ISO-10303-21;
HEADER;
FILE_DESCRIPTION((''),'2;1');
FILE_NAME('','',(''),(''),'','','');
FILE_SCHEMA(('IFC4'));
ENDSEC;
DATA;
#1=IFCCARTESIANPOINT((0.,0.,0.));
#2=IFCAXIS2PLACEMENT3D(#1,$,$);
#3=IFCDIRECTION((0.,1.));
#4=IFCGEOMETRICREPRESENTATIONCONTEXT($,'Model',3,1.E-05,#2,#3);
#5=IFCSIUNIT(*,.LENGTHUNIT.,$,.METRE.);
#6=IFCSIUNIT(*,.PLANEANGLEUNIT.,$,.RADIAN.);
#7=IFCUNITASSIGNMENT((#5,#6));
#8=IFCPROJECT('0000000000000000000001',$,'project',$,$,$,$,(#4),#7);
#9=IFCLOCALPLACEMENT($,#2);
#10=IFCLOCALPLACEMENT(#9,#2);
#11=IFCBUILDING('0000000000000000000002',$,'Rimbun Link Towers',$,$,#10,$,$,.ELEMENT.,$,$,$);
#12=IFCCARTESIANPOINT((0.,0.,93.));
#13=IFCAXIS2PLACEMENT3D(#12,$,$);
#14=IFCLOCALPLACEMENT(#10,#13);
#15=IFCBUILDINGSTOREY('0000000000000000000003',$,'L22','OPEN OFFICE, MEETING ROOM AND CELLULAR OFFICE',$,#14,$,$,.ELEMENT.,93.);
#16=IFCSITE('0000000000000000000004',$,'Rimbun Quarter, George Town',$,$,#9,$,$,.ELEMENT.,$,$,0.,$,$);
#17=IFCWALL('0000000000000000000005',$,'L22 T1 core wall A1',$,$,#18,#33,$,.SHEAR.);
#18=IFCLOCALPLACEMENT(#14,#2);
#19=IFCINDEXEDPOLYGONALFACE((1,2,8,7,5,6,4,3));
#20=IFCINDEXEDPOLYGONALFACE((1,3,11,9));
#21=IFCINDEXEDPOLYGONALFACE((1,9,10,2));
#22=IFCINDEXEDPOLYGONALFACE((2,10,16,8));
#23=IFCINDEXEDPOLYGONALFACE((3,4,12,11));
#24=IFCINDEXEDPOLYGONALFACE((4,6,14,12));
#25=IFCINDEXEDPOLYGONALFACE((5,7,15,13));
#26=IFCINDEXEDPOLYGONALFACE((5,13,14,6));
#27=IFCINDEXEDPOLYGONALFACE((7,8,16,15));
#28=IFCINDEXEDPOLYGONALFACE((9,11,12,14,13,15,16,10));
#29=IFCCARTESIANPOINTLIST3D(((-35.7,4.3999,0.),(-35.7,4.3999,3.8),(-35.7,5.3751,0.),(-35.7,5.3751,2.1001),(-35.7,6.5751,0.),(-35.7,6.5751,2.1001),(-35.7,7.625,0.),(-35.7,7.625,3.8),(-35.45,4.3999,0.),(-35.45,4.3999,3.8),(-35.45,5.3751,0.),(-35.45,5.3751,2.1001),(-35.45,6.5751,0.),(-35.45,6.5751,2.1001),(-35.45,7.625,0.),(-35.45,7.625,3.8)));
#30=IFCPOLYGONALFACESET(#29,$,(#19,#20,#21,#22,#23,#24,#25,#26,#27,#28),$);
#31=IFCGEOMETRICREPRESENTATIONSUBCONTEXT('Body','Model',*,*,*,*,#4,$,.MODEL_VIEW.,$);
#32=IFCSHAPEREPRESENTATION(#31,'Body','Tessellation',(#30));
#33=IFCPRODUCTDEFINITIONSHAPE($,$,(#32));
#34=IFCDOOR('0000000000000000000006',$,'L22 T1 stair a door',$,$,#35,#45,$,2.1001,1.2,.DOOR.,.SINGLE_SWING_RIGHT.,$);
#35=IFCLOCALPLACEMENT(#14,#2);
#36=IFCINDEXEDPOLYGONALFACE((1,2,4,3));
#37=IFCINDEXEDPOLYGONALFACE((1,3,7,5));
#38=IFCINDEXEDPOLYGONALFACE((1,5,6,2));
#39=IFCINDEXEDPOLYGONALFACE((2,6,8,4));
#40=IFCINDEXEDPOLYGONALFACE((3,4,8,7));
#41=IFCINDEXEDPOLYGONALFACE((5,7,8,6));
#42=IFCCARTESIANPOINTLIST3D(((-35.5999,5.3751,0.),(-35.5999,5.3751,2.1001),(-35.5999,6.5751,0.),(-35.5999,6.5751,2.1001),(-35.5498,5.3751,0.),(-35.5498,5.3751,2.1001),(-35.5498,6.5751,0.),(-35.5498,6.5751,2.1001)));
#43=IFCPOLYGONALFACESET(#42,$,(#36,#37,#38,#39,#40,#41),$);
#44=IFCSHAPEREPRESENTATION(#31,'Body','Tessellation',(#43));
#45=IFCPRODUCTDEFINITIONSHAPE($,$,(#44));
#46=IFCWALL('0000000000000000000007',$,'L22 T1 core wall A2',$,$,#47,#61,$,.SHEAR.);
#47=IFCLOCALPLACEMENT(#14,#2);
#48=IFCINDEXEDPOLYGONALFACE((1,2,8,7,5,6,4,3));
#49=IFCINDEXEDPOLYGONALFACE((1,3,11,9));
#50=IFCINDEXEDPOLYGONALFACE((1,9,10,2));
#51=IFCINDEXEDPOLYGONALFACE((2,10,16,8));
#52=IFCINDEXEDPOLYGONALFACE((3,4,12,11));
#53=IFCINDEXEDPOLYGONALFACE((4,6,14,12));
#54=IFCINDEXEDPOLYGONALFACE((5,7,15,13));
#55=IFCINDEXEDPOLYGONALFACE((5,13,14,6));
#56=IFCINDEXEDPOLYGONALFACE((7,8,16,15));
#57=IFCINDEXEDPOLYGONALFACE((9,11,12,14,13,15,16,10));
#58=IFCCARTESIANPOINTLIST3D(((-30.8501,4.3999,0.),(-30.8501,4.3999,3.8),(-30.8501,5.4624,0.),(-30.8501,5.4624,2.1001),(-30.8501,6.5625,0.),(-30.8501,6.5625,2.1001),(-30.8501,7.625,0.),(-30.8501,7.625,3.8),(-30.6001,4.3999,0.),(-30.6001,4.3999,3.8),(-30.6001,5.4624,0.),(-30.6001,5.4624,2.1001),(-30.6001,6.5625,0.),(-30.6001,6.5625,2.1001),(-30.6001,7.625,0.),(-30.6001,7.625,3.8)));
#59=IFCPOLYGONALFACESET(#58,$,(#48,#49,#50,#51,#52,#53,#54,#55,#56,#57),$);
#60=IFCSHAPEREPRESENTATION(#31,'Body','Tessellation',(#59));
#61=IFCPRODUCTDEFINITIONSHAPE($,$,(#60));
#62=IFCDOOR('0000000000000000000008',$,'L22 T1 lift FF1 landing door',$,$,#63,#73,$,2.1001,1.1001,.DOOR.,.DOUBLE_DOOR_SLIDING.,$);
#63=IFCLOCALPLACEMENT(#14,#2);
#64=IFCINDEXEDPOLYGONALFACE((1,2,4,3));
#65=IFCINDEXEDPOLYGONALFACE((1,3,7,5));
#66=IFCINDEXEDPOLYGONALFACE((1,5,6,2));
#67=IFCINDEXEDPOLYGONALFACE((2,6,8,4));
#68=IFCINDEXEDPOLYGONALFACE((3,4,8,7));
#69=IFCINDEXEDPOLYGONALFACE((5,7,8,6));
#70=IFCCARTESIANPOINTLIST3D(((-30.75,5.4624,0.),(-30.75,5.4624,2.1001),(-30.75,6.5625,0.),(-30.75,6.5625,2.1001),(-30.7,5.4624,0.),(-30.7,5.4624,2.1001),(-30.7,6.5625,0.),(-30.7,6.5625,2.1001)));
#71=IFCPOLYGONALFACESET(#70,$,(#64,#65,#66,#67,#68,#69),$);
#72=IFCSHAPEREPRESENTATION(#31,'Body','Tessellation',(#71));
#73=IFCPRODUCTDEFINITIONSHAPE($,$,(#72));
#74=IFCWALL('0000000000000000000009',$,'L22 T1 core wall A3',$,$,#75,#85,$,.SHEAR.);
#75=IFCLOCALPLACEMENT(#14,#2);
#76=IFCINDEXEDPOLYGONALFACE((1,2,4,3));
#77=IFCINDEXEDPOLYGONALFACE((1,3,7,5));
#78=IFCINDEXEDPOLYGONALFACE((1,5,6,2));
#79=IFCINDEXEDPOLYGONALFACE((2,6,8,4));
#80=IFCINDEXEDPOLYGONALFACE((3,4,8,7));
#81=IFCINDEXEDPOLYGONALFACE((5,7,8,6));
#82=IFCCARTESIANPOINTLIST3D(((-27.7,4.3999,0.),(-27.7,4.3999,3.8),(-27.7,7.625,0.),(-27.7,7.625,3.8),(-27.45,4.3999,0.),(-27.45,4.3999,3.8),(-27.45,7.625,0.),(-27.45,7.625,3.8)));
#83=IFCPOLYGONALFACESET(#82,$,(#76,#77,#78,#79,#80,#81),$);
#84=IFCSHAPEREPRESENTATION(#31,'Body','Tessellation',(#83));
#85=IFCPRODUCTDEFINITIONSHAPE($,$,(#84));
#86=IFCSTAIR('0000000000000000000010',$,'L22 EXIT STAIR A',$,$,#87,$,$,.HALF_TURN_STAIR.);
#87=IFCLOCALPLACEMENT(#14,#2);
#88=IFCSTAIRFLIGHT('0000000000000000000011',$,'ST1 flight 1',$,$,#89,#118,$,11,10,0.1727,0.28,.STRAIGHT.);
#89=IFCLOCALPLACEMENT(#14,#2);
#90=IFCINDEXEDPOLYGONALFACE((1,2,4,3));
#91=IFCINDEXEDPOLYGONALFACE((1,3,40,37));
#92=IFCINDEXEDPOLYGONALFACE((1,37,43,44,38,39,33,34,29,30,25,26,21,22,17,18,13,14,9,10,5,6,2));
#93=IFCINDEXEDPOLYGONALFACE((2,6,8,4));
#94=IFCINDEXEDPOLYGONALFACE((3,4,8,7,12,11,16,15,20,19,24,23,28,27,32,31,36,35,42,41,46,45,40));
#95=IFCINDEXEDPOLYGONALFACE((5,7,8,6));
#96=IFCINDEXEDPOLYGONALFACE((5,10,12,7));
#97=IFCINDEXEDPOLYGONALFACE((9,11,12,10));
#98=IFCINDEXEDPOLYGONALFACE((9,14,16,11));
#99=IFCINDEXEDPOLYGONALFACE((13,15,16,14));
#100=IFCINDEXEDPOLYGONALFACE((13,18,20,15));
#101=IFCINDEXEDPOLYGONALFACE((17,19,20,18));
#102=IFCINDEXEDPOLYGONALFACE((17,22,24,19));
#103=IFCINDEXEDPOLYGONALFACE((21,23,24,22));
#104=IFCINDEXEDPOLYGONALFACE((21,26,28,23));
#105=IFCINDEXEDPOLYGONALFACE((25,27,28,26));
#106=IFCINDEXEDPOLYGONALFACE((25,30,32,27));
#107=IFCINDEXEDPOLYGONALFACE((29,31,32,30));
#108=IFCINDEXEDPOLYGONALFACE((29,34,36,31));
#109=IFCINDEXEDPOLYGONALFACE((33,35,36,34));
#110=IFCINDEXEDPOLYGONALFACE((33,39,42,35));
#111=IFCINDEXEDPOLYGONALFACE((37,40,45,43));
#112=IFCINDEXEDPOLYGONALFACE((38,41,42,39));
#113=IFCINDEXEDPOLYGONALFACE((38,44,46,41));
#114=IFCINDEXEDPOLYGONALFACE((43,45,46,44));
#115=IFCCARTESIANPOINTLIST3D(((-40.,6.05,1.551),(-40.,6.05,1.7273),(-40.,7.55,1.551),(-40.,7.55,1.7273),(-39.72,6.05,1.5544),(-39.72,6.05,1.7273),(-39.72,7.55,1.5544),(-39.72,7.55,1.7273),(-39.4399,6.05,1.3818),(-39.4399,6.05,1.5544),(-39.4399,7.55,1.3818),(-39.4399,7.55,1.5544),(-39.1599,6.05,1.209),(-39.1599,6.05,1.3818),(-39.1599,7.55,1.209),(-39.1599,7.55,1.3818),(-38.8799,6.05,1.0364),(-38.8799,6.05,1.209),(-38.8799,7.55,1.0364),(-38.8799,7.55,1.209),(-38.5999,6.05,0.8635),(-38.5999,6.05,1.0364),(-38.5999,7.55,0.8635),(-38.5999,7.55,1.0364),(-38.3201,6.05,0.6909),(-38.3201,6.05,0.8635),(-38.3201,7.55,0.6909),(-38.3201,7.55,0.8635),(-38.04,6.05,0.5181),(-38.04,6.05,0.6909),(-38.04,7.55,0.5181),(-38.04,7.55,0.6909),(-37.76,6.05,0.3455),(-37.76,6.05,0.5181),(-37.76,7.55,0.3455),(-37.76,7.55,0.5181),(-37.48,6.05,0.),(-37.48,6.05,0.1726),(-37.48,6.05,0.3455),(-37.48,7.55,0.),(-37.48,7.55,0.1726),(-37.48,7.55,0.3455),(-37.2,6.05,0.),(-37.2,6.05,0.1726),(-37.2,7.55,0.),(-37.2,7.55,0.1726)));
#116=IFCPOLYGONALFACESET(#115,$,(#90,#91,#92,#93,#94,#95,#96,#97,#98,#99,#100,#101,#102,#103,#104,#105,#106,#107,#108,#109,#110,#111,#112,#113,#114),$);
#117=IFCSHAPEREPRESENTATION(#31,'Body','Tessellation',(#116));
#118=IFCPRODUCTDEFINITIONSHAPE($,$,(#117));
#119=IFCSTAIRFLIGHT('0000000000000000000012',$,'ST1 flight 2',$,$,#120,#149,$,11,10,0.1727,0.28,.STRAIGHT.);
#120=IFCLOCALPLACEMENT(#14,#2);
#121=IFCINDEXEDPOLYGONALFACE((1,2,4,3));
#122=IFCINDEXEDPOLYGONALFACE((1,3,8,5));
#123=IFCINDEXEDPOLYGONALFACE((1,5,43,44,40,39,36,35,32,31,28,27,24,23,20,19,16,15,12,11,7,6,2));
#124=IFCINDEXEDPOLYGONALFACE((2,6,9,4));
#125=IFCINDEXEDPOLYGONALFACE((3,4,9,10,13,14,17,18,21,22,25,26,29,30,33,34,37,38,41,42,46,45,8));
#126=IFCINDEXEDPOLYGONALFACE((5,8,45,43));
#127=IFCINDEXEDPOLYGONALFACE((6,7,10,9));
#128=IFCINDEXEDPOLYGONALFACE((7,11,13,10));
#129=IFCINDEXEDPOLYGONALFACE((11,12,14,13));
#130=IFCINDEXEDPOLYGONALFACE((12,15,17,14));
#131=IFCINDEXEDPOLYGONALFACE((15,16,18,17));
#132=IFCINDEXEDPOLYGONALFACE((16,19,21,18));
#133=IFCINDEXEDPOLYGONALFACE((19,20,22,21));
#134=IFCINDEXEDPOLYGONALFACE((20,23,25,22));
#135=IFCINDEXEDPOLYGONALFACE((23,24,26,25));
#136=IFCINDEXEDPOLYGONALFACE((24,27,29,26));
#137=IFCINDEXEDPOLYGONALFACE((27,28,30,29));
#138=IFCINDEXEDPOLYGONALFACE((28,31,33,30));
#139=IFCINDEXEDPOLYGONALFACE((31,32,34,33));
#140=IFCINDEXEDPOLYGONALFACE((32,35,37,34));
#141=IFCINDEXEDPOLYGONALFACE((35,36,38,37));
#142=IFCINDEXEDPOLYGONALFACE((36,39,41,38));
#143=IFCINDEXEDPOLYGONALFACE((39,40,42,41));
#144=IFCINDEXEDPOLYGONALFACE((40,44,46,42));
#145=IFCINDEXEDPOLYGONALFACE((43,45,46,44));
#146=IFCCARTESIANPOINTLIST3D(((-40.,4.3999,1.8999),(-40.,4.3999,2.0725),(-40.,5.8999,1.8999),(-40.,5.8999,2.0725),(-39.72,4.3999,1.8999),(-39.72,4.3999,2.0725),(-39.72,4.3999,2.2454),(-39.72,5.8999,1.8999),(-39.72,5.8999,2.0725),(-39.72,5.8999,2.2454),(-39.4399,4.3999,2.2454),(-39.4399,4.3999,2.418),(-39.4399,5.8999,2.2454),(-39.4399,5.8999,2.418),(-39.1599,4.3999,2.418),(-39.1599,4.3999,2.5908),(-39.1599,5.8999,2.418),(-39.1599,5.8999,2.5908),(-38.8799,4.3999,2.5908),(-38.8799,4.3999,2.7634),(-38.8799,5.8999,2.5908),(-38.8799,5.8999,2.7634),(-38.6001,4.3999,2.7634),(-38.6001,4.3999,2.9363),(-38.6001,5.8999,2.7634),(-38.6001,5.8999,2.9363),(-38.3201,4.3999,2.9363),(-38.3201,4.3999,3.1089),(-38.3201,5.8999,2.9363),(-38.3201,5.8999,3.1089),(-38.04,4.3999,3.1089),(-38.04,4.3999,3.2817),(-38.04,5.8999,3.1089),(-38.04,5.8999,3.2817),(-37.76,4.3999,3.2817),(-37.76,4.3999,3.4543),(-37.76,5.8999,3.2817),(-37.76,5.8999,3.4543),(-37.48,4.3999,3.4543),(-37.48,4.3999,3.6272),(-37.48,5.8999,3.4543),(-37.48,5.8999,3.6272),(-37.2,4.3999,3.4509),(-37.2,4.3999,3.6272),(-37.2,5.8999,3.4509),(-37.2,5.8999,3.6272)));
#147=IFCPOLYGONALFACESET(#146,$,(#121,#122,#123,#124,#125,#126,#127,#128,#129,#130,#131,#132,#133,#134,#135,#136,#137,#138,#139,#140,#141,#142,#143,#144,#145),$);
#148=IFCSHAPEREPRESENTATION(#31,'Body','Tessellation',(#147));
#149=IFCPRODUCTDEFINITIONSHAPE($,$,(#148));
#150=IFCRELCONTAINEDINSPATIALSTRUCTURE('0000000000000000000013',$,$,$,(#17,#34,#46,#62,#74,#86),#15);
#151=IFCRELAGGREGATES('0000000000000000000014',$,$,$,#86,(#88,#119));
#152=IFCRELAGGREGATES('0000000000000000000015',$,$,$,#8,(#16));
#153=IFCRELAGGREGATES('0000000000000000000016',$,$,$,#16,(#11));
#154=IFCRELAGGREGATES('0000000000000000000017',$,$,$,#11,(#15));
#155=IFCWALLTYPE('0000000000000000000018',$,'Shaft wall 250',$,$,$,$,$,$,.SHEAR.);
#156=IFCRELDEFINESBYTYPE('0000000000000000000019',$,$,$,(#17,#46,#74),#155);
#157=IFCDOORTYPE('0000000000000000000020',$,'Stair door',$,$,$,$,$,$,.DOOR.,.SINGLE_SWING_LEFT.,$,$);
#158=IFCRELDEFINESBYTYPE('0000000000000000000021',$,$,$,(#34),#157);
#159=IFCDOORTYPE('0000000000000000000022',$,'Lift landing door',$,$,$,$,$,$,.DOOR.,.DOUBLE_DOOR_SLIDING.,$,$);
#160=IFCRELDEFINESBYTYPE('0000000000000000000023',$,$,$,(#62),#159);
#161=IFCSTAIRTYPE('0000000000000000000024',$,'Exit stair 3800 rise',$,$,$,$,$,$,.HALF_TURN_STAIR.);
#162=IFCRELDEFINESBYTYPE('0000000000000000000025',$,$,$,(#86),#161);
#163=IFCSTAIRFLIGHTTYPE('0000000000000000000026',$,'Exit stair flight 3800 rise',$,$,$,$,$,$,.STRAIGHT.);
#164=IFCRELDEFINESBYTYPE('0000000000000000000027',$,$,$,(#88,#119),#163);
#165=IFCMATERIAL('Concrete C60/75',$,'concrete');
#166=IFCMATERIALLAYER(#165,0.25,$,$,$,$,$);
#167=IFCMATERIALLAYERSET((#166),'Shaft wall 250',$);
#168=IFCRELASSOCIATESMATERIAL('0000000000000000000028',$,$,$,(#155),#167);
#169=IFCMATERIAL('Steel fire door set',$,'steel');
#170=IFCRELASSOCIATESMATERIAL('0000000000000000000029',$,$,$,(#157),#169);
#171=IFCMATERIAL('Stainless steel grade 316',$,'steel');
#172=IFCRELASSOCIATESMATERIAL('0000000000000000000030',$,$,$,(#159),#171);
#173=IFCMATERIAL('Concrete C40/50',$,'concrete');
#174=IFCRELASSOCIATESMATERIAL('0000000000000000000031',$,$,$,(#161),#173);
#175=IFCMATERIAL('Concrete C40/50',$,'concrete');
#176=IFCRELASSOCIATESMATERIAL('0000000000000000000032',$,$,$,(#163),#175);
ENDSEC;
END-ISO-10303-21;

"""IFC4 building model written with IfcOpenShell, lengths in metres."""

from ifc_helpers import new_model, si_unit, direction, frame, frame_2d, origin, place, context, subcontext, project, spatial, polyline, rectangle, outline, extrude, material, layer, layer_set, type_object, element, fill, aggregate, save


model = new_model("IFC4")

# Units and contexts
model_context = context("Model", 3, precision=1e-05, world=origin(), true_north=direction((0.0, 1.0)))
body_context = subcontext(model_context, "Body", "Model", "MODEL_VIEW")
ifc_project = project(units=[si_unit("LENGTHUNIT", "METRE"), si_unit("PLANEANGLEUNIT", "RADIAN")], contexts=[model_context])

# Site, building, storey
site_placement = place(None, origin())
site = spatial("IfcSite", under=ifc_project, at=site_placement, Name="Rimbun Quarter, George Town", CompositionType="ELEMENT", RefElevation=0.0)
building_placement = place(site_placement, origin())
building = spatial("IfcBuilding", under=site, at=building_placement, Name="Rimbun Link Towers", CompositionType="ELEMENT")
storey_placement = place(building_placement, frame((0.0, 0.0, 93.0)))
storey = spatial("IfcBuildingStorey", under=building, at=storey_placement, Name="L22", Description="OPEN OFFICE, MEETING ROOM AND CELLULAR OFFICE", CompositionType="ELEMENT", Elevation=93.0)

# Walls, openings, doors
ifc_material_1 = material(Name="Concrete C60/75", Category="concrete")
ifc_layer_1 = layer(ifc_material_1, 0.25)
ifc_layer_set_1 = layer_set([ifc_layer_1], Name="Shaft wall 250")
wall_type_1 = type_object("IfcWallType", Name="Shaft wall 250", PredefinedType="SHEAR", material=ifc_layer_set_1)
wall_1_placement = place(storey_placement, frame((-35.575, 4.3999, 0.0), z_axis=(0.0, 0.0, 1.0), x_axis=(0.0, 1.0, 0.0)))
wall_1 = element("IfcWall", 1, at=wall_1_placement, inside=storey, type_object=wall_type_1, Name="L22 T1 core wall A1", PredefinedType="SHEAR", context=body_context, shape_type="SweptSolid", body=[
    extrude(rectangle(XDim=3.2251, YDim=0.25, at=frame_2d((1.6125, 0.0))), origin(), (0.0, 0.0, 1.0), 3.8),
])
opening_1_placement = place(wall_1_placement, frame((0.9751, 0.0, 0.0)))
opening_1 = element("IfcOpeningElement", 2, at=opening_1_placement, cuts=wall_1, PredefinedType="OPENING", context=body_context, shape_type="SweptSolid", body=[
    extrude(rectangle(XDim=1.2, YDim=2.1001, at=frame_2d((0.6001, 1.05))), frame((0.0, 0.135, 0.0), z_axis=(0.0, -1.0, 0.0), x_axis=(1.0, 0.0, 0.0)), (0.0, 0.0, 1.0), 0.27),
])
ifc_material_2 = material(Name="Steel fire door set", Category="steel")
door_type_1 = type_object("IfcDoorType", Name="Stair door", OperationType="SINGLE_SWING_LEFT", PredefinedType="DOOR", material=ifc_material_2)
door_1_placement = place(opening_1_placement, origin())
door_1 = element("IfcDoor", 3, at=door_1_placement, inside=storey, type_object=door_type_1, Name="L22 T1 stair a door", OperationType="SINGLE_SWING_RIGHT", OverallHeight=2.1001, OverallWidth=1.2, PredefinedType="DOOR", context=body_context, shape_type="SweptSolid", body=[
    extrude(rectangle(XDim=1.2, YDim=2.1001, at=frame_2d((0.6001, 1.05))), frame((0.0, 0.0249, 0.0), z_axis=(0.0, -1.0, 0.0), x_axis=(1.0, 0.0, 0.0)), (0.0, 0.0, 1.0), 0.05),
])
fill(opening_1, door_1)
wall_2_placement = place(storey_placement, frame((-30.7251, 4.3999, 0.0), z_axis=(0.0, 0.0, 1.0), x_axis=(0.0, 1.0, 0.0)))
wall_2 = element("IfcWall", 4, at=wall_2_placement, inside=storey, type_object=wall_type_1, Name="L22 T1 core wall A2", PredefinedType="SHEAR", context=body_context, shape_type="SweptSolid", body=[
    extrude(rectangle(XDim=3.2251, YDim=0.25, at=frame_2d((1.6125, 0.0))), origin(), (0.0, 0.0, 1.0), 3.8),
])
opening_2_placement = place(wall_2_placement, frame((1.0625, 0.0, 0.0)))
opening_2 = element("IfcOpeningElement", 5, at=opening_2_placement, cuts=wall_2, PredefinedType="OPENING", context=body_context, shape_type="SweptSolid", body=[
    extrude(rectangle(XDim=1.1001, YDim=2.1001, at=frame_2d((0.55, 1.05))), frame((0.0, 0.135, 0.0), z_axis=(0.0, -1.0, 0.0), x_axis=(1.0, 0.0, 0.0)), (0.0, 0.0, 1.0), 0.27),
])
ifc_material_3 = material(Name="Stainless steel grade 316", Category="steel")
door_type_2 = type_object("IfcDoorType", Name="Lift landing door", OperationType="DOUBLE_DOOR_SLIDING", PredefinedType="DOOR", material=ifc_material_3)
door_2_placement = place(opening_2_placement, origin())
door_2 = element("IfcDoor", 6, at=door_2_placement, inside=storey, type_object=door_type_2, Name="L22 T1 lift FF1 landing door", OperationType="DOUBLE_DOOR_SLIDING", OverallHeight=2.1001, OverallWidth=1.1001, PredefinedType="DOOR", context=body_context, shape_type="SweptSolid", body=[
    extrude(rectangle(XDim=1.1001, YDim=2.1001, at=frame_2d((0.55, 1.05))), frame((0.0, 0.0249, 0.0), z_axis=(0.0, -1.0, 0.0), x_axis=(1.0, 0.0, 0.0)), (0.0, 0.0, 1.0), 0.05),
])
fill(opening_2, door_2)

# Wall
wall_3_placement = place(storey_placement, frame((-27.575, 4.3999, 0.0), z_axis=(0.0, 0.0, 1.0), x_axis=(0.0, 1.0, 0.0)))
element("IfcWall", 7, at=wall_3_placement, inside=storey, type_object=wall_type_1, Name="L22 T1 core wall A3", PredefinedType="SHEAR", context=body_context, shape_type="SweptSolid", body=[
    extrude(rectangle(XDim=3.2251, YDim=0.25, at=frame_2d((1.6125, 0.0))), origin(), (0.0, 0.0, 1.0), 3.8),
])

# Stair, stair flights
ifc_material_4 = material(Name="Concrete C40/50", Category="concrete")
stair_type = type_object("IfcStairType", Name="Exit stair 3800 rise", PredefinedType="HALF_TURN_STAIR", material=ifc_material_4)
stair_placement = place(storey_placement, origin())
stair = element("IfcStair", 8, at=stair_placement, inside=storey, type_object=stair_type, Name="L22 EXIT STAIR A", PredefinedType="HALF_TURN_STAIR")
ifc_material_5 = material(Name="Concrete C40/50", Category="concrete")
stair_flight_type = type_object("IfcStairFlightType", Name="Exit stair flight 3800 rise", PredefinedType="STRAIGHT", material=ifc_material_5)
stair_flight_1_placement = place(storey_placement, frame((-37.2, 6.8, 0.0), z_axis=(0.0, 0.0, 1.0), x_axis=(-1.0, 0.0, 0.0)))
stair_flight_1 = element("IfcStairFlight", 9, at=stair_flight_1_placement, type_object=stair_flight_type, Name="ST1 flight 1", NumberOfRisers=11, NumberOfTreads=10, PredefinedType="STRAIGHT", RiserHeight=0.1727, TreadLength=0.28, context=body_context, shape_type="SweptSolid", body=[
    extrude(outline(polyline([(0.0, 0.0), (0.0, 0.1726), (0.28, 0.1726), (0.28, 0.3455), (0.5601, 0.3455), (0.5601, 0.5181), (0.8401, 0.5181), (0.8401, 0.6909), (1.1201, 0.6909), (1.1201, 0.8635), (1.3999, 0.8635), (1.3999, 1.0364), (1.6799, 1.0364), (1.6799, 1.209), (1.96, 1.209), (1.96, 1.3818), (2.24, 1.3818), (2.24, 1.5544), (2.52, 1.5544), (2.52, 1.7273), (2.8, 1.7273), (2.8, 1.8999), (2.8, 1.551), (0.28, 0.0), (0.0, 0.0)])), frame((0.0, 0.75, 0.0), z_axis=(0.0, -1.0, 0.0), x_axis=(1.0, 0.0, 0.0)), (0.0, 0.0, 1.0), 1.5),
])
stair_flight_2_placement = place(storey_placement, frame((-40.0, 5.1499, 1.8999), z_axis=(0.0, 0.0, 1.0), x_axis=(1.0, 0.0, 0.0)))
stair_flight_2 = element("IfcStairFlight", 10, at=stair_flight_2_placement, type_object=stair_flight_type, Name="ST1 flight 2", NumberOfRisers=11, NumberOfTreads=10, PredefinedType="STRAIGHT", RiserHeight=0.1727, TreadLength=0.28, context=body_context, shape_type="SweptSolid", body=[
    extrude(outline(polyline([(0.0, 0.0), (0.0, 0.1726), (0.28, 0.1726), (0.28, 0.3455), (0.5601, 0.3455), (0.5601, 0.5181), (0.8401, 0.5181), (0.8401, 0.6909), (1.1201, 0.6909), (1.1201, 0.8635), (1.3999, 0.8635), (1.3999, 1.0364), (1.6799, 1.0364), (1.6799, 1.209), (1.96, 1.209), (1.96, 1.3818), (2.24, 1.3818), (2.24, 1.5544), (2.52, 1.5544), (2.52, 1.7273), (2.8, 1.7273), (2.8, 1.8999), (2.8, 1.551), (0.28, 0.0), (0.0, 0.0)])), frame((0.0, 0.75, 0.0), z_axis=(0.0, -1.0, 0.0), x_axis=(1.0, 0.0, 0.0)), (0.0, 0.0, 1.0), 1.5),
])
aggregate(stair, [stair_flight_1, stair_flight_2])

save(model, "model.ifc")
